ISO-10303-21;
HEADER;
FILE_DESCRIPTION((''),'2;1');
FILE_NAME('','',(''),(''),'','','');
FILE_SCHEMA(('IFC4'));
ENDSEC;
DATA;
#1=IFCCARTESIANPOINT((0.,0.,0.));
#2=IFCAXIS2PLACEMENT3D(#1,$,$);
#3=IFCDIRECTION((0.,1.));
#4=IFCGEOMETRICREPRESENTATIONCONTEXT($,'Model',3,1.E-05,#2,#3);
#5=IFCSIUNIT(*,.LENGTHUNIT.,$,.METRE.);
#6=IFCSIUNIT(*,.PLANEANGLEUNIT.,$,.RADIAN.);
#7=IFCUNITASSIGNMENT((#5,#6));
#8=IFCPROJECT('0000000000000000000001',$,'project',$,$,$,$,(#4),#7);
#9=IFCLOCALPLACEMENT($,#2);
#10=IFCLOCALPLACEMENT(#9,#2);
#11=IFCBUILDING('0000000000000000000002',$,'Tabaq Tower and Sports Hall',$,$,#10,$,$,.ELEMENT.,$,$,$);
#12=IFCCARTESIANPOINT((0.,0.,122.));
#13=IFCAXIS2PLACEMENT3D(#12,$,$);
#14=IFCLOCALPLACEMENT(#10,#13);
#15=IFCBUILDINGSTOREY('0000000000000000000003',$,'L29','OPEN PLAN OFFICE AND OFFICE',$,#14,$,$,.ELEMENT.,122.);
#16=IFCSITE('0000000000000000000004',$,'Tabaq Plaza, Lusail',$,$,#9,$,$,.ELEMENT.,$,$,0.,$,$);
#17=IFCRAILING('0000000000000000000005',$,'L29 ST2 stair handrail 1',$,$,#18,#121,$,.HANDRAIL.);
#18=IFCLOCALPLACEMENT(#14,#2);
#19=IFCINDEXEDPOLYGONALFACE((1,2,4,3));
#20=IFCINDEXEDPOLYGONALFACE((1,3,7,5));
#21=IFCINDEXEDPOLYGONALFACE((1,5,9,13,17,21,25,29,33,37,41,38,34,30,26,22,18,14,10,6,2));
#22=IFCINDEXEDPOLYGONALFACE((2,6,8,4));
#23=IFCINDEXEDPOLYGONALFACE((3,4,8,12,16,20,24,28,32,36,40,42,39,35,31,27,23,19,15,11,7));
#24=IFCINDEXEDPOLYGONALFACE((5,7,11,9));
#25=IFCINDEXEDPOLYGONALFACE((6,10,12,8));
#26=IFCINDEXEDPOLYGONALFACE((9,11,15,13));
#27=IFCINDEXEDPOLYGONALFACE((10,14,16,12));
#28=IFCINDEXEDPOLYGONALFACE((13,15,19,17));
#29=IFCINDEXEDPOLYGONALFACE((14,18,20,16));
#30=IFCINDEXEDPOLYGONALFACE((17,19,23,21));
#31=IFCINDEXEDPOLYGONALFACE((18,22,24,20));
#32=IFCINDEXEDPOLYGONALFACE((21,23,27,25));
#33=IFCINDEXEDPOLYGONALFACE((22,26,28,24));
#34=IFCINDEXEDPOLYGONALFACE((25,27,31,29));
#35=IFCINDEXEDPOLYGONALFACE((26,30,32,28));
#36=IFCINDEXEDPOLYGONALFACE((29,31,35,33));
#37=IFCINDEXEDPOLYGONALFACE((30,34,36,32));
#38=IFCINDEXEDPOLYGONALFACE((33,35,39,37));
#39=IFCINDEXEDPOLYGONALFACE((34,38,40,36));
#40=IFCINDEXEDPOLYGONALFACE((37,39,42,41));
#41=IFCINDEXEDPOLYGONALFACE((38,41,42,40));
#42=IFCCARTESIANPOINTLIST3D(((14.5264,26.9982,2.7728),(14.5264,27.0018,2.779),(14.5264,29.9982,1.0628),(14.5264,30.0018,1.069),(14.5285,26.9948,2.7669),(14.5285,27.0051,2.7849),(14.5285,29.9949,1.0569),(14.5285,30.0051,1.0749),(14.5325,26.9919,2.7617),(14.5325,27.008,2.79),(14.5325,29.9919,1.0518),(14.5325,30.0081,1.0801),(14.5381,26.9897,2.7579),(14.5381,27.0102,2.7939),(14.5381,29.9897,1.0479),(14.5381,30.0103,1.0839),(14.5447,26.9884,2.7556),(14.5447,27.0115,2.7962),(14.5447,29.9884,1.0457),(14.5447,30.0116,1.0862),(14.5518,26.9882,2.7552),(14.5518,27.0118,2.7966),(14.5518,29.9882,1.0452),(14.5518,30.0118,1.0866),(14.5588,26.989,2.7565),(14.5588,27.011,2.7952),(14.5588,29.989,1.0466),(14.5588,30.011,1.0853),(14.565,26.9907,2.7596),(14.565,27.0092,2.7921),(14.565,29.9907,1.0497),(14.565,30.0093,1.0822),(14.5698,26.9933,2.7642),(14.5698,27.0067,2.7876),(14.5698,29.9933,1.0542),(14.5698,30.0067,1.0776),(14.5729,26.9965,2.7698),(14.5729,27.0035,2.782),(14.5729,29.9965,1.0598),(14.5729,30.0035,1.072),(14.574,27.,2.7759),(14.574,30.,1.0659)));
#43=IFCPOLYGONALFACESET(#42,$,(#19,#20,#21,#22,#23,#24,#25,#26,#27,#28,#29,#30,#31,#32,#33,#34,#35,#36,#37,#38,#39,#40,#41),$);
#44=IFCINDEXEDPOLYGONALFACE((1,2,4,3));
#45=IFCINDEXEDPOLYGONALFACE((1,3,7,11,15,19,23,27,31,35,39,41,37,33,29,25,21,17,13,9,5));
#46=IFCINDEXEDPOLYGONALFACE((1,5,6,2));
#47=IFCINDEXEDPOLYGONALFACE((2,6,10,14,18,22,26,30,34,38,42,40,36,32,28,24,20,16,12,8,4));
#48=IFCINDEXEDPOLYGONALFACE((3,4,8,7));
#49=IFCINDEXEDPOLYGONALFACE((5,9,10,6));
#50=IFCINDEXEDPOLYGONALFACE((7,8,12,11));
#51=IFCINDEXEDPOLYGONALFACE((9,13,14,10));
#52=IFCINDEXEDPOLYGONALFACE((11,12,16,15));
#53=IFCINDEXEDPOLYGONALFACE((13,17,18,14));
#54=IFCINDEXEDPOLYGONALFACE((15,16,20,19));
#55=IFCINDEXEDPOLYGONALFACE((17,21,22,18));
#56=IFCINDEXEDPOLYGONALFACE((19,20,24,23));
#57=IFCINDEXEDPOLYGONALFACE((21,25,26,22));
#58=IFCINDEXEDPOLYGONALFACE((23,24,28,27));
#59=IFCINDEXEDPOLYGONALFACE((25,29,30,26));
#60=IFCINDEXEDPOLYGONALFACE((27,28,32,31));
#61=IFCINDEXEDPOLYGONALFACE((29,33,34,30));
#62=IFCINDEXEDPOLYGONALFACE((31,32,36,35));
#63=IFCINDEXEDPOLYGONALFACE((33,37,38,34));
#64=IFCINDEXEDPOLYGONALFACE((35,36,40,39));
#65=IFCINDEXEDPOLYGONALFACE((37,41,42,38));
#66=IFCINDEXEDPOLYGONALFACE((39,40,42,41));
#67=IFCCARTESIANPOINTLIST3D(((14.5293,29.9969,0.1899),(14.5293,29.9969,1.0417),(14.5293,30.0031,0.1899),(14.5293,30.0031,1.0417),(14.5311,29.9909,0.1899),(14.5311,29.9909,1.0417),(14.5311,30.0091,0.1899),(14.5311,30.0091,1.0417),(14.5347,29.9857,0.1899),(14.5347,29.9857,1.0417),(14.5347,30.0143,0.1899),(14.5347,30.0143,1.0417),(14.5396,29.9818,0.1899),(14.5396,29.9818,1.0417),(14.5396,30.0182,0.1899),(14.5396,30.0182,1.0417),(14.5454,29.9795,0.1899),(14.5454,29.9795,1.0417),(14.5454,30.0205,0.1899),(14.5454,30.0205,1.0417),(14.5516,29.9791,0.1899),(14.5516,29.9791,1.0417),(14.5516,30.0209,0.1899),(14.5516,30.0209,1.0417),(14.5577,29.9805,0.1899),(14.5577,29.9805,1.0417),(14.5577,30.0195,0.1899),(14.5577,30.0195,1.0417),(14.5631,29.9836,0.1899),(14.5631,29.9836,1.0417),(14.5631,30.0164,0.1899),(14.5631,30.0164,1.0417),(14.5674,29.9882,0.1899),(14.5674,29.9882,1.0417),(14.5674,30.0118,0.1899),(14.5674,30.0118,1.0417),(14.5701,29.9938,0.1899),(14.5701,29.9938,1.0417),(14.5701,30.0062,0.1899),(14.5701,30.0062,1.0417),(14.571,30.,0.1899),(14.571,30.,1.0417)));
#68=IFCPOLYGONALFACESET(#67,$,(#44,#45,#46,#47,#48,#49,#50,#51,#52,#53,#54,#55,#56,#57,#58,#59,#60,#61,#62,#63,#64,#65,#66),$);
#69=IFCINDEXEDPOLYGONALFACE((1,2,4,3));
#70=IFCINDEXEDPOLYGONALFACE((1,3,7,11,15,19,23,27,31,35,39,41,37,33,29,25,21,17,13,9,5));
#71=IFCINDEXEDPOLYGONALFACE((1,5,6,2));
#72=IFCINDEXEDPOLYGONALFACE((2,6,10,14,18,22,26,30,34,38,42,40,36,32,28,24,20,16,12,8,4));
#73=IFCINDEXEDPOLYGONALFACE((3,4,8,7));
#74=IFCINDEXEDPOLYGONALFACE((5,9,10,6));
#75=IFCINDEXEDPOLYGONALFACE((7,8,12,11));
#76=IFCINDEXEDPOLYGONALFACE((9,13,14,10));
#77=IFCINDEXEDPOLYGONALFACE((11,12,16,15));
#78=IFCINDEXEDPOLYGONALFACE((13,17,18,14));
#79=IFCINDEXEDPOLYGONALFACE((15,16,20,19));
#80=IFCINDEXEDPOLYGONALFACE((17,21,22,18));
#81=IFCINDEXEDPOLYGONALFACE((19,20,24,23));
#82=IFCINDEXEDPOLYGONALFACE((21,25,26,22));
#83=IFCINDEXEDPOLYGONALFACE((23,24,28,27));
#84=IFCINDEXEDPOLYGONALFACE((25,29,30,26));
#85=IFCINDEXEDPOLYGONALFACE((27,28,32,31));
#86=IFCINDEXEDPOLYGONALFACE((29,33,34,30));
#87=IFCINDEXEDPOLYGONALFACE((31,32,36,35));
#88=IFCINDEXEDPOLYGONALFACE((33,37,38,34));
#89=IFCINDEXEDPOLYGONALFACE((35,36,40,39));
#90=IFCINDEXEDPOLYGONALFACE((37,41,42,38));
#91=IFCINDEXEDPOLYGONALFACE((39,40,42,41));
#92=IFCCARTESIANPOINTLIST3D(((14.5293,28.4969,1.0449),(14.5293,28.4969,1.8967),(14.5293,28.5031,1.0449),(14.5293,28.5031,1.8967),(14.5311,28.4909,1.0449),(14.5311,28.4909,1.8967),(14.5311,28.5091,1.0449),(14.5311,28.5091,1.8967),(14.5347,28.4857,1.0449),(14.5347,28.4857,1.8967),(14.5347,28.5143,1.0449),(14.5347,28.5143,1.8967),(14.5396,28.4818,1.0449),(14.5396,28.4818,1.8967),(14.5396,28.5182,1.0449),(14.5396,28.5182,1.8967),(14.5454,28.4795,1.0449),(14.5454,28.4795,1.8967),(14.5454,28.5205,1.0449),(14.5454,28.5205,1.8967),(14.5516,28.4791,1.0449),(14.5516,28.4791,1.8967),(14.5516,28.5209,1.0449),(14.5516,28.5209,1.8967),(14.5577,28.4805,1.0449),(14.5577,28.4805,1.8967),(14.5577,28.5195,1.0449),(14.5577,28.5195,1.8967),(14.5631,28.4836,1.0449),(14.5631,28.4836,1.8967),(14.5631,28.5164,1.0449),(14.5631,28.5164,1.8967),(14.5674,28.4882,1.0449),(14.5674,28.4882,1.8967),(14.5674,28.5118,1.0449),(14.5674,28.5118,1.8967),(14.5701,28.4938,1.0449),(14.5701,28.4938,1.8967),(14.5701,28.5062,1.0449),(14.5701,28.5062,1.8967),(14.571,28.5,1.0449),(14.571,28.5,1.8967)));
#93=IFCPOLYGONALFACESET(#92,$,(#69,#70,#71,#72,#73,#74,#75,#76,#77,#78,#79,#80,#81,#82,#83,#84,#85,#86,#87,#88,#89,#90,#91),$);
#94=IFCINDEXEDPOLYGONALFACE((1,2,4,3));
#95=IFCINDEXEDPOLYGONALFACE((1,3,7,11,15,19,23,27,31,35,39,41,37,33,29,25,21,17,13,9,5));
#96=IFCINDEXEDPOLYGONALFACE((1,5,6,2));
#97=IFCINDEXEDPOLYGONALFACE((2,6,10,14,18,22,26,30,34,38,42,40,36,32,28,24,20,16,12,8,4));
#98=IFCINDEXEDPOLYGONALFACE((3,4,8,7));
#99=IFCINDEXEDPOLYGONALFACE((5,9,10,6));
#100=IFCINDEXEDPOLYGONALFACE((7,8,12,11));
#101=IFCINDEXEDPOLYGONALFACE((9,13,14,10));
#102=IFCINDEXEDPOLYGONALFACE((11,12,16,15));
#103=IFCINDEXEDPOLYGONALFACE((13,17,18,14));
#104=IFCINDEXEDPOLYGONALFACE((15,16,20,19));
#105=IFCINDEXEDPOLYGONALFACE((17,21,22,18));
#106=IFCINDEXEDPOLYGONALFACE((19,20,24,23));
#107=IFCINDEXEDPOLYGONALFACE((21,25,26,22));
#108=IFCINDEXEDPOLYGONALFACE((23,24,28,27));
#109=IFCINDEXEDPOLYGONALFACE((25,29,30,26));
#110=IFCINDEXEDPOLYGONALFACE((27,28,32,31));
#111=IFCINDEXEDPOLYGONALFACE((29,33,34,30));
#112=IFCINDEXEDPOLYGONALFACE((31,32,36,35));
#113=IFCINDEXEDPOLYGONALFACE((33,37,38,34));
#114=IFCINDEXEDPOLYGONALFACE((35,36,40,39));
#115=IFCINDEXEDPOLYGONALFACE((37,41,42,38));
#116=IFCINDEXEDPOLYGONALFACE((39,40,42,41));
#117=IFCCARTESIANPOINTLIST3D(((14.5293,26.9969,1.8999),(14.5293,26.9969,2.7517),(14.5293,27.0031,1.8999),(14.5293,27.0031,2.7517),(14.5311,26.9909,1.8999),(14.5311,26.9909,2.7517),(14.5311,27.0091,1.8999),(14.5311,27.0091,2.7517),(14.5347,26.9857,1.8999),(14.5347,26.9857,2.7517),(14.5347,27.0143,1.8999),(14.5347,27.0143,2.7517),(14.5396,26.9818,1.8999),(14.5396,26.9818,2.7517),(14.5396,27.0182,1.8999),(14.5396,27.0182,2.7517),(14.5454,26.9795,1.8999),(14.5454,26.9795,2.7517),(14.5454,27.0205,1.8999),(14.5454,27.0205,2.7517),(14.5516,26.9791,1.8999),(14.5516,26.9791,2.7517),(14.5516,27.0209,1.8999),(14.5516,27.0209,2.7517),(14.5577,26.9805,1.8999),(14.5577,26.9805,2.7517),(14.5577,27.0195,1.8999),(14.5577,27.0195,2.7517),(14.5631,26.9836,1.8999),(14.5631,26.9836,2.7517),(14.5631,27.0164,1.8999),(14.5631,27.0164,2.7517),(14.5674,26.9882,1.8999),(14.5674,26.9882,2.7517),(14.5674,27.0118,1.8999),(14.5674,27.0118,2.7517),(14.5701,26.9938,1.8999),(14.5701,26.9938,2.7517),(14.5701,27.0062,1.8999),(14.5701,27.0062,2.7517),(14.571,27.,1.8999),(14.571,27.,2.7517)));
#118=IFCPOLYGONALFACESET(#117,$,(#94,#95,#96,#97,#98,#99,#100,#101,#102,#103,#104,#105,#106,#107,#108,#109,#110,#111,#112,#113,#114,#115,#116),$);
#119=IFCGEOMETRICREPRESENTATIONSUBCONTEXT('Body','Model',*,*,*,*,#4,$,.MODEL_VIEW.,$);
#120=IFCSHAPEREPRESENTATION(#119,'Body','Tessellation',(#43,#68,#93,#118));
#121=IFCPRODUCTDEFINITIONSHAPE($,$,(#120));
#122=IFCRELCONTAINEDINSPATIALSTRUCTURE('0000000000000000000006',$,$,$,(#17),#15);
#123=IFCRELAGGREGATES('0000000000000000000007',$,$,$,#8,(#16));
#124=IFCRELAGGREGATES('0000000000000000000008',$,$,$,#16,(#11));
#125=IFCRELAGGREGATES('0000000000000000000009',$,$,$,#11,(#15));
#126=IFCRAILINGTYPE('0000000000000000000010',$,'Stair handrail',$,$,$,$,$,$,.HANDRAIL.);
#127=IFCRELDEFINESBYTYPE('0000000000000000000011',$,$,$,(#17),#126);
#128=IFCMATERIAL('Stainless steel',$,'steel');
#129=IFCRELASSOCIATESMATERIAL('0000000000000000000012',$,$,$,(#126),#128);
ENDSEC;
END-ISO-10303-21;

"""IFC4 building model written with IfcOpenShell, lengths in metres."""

from ifc_helpers import new_model, si_unit, direction, frame, origin, origin_2d, place, context, subcontext, project, spatial, circle, extrude, material, type_object, element, save


model = new_model("IFC4")

# Units and contexts
model_context = context("Model", 3, precision=1e-05, world=origin(), true_north=direction((0.0, 1.0)))
body_context = subcontext(model_context, "Body", "Model", "MODEL_VIEW")
ifc_project = project(units=[si_unit("LENGTHUNIT", "METRE"), si_unit("PLANEANGLEUNIT", "RADIAN")], contexts=[model_context])

# Site, building, storey
site_placement = place(None, origin())
site = spatial("IfcSite", under=ifc_project, at=site_placement, Name="Tabaq Plaza, Lusail", CompositionType="ELEMENT", RefElevation=0.0)
building_placement = place(site_placement, origin())
building = spatial("IfcBuilding", under=site, at=building_placement, Name="Tabaq Tower and Sports Hall", CompositionType="ELEMENT")
storey_placement = place(building_placement, frame((0.0, 0.0, 122.0)))
storey = spatial("IfcBuildingStorey", under=building, at=storey_placement, Name="L29", Description="OPEN PLAN OFFICE AND OFFICE", CompositionType="ELEMENT", Elevation=122.0)

# Railing
ifc_material_1 = material(Name="Stainless steel", Category="steel")
railing_type_1 = type_object("IfcRailingType", Name="Stair handrail", PredefinedType="HANDRAIL", material=ifc_material_1)
railing_1_placement = place(storey_placement, frame((14.55, 30.0, 0.1899)))
element("IfcRailing", 1, at=railing_1_placement, inside=storey, type_object=railing_type_1, Name="L29 ST2 stair handrail 1", PredefinedType="HANDRAIL", context=body_context, shape_type="SweptSolid", body=[
    extrude(circle(Radius=0.0239, at=origin_2d()), frame((0.0, 0.0, 0.876), z_axis=(0.0, -0.868782, 0.495195), x_axis=(1.0, 0.0, 0.0)), (0.0, 0.0, 1.0), 3.4531),
    extrude(circle(Radius=0.021, at=origin_2d()), origin(), (0.0, 0.0, 1.0), 0.8518),
    extrude(circle(Radius=0.021, at=origin_2d()), frame((0.0, -1.5, 0.855)), (0.0, 0.0, 1.0), 0.8518),
    extrude(circle(Radius=0.021, at=origin_2d()), frame((0.0, -3.0, 1.71)), (0.0, 0.0, 1.0), 0.8518),
])

save(model, "model.ifc")
